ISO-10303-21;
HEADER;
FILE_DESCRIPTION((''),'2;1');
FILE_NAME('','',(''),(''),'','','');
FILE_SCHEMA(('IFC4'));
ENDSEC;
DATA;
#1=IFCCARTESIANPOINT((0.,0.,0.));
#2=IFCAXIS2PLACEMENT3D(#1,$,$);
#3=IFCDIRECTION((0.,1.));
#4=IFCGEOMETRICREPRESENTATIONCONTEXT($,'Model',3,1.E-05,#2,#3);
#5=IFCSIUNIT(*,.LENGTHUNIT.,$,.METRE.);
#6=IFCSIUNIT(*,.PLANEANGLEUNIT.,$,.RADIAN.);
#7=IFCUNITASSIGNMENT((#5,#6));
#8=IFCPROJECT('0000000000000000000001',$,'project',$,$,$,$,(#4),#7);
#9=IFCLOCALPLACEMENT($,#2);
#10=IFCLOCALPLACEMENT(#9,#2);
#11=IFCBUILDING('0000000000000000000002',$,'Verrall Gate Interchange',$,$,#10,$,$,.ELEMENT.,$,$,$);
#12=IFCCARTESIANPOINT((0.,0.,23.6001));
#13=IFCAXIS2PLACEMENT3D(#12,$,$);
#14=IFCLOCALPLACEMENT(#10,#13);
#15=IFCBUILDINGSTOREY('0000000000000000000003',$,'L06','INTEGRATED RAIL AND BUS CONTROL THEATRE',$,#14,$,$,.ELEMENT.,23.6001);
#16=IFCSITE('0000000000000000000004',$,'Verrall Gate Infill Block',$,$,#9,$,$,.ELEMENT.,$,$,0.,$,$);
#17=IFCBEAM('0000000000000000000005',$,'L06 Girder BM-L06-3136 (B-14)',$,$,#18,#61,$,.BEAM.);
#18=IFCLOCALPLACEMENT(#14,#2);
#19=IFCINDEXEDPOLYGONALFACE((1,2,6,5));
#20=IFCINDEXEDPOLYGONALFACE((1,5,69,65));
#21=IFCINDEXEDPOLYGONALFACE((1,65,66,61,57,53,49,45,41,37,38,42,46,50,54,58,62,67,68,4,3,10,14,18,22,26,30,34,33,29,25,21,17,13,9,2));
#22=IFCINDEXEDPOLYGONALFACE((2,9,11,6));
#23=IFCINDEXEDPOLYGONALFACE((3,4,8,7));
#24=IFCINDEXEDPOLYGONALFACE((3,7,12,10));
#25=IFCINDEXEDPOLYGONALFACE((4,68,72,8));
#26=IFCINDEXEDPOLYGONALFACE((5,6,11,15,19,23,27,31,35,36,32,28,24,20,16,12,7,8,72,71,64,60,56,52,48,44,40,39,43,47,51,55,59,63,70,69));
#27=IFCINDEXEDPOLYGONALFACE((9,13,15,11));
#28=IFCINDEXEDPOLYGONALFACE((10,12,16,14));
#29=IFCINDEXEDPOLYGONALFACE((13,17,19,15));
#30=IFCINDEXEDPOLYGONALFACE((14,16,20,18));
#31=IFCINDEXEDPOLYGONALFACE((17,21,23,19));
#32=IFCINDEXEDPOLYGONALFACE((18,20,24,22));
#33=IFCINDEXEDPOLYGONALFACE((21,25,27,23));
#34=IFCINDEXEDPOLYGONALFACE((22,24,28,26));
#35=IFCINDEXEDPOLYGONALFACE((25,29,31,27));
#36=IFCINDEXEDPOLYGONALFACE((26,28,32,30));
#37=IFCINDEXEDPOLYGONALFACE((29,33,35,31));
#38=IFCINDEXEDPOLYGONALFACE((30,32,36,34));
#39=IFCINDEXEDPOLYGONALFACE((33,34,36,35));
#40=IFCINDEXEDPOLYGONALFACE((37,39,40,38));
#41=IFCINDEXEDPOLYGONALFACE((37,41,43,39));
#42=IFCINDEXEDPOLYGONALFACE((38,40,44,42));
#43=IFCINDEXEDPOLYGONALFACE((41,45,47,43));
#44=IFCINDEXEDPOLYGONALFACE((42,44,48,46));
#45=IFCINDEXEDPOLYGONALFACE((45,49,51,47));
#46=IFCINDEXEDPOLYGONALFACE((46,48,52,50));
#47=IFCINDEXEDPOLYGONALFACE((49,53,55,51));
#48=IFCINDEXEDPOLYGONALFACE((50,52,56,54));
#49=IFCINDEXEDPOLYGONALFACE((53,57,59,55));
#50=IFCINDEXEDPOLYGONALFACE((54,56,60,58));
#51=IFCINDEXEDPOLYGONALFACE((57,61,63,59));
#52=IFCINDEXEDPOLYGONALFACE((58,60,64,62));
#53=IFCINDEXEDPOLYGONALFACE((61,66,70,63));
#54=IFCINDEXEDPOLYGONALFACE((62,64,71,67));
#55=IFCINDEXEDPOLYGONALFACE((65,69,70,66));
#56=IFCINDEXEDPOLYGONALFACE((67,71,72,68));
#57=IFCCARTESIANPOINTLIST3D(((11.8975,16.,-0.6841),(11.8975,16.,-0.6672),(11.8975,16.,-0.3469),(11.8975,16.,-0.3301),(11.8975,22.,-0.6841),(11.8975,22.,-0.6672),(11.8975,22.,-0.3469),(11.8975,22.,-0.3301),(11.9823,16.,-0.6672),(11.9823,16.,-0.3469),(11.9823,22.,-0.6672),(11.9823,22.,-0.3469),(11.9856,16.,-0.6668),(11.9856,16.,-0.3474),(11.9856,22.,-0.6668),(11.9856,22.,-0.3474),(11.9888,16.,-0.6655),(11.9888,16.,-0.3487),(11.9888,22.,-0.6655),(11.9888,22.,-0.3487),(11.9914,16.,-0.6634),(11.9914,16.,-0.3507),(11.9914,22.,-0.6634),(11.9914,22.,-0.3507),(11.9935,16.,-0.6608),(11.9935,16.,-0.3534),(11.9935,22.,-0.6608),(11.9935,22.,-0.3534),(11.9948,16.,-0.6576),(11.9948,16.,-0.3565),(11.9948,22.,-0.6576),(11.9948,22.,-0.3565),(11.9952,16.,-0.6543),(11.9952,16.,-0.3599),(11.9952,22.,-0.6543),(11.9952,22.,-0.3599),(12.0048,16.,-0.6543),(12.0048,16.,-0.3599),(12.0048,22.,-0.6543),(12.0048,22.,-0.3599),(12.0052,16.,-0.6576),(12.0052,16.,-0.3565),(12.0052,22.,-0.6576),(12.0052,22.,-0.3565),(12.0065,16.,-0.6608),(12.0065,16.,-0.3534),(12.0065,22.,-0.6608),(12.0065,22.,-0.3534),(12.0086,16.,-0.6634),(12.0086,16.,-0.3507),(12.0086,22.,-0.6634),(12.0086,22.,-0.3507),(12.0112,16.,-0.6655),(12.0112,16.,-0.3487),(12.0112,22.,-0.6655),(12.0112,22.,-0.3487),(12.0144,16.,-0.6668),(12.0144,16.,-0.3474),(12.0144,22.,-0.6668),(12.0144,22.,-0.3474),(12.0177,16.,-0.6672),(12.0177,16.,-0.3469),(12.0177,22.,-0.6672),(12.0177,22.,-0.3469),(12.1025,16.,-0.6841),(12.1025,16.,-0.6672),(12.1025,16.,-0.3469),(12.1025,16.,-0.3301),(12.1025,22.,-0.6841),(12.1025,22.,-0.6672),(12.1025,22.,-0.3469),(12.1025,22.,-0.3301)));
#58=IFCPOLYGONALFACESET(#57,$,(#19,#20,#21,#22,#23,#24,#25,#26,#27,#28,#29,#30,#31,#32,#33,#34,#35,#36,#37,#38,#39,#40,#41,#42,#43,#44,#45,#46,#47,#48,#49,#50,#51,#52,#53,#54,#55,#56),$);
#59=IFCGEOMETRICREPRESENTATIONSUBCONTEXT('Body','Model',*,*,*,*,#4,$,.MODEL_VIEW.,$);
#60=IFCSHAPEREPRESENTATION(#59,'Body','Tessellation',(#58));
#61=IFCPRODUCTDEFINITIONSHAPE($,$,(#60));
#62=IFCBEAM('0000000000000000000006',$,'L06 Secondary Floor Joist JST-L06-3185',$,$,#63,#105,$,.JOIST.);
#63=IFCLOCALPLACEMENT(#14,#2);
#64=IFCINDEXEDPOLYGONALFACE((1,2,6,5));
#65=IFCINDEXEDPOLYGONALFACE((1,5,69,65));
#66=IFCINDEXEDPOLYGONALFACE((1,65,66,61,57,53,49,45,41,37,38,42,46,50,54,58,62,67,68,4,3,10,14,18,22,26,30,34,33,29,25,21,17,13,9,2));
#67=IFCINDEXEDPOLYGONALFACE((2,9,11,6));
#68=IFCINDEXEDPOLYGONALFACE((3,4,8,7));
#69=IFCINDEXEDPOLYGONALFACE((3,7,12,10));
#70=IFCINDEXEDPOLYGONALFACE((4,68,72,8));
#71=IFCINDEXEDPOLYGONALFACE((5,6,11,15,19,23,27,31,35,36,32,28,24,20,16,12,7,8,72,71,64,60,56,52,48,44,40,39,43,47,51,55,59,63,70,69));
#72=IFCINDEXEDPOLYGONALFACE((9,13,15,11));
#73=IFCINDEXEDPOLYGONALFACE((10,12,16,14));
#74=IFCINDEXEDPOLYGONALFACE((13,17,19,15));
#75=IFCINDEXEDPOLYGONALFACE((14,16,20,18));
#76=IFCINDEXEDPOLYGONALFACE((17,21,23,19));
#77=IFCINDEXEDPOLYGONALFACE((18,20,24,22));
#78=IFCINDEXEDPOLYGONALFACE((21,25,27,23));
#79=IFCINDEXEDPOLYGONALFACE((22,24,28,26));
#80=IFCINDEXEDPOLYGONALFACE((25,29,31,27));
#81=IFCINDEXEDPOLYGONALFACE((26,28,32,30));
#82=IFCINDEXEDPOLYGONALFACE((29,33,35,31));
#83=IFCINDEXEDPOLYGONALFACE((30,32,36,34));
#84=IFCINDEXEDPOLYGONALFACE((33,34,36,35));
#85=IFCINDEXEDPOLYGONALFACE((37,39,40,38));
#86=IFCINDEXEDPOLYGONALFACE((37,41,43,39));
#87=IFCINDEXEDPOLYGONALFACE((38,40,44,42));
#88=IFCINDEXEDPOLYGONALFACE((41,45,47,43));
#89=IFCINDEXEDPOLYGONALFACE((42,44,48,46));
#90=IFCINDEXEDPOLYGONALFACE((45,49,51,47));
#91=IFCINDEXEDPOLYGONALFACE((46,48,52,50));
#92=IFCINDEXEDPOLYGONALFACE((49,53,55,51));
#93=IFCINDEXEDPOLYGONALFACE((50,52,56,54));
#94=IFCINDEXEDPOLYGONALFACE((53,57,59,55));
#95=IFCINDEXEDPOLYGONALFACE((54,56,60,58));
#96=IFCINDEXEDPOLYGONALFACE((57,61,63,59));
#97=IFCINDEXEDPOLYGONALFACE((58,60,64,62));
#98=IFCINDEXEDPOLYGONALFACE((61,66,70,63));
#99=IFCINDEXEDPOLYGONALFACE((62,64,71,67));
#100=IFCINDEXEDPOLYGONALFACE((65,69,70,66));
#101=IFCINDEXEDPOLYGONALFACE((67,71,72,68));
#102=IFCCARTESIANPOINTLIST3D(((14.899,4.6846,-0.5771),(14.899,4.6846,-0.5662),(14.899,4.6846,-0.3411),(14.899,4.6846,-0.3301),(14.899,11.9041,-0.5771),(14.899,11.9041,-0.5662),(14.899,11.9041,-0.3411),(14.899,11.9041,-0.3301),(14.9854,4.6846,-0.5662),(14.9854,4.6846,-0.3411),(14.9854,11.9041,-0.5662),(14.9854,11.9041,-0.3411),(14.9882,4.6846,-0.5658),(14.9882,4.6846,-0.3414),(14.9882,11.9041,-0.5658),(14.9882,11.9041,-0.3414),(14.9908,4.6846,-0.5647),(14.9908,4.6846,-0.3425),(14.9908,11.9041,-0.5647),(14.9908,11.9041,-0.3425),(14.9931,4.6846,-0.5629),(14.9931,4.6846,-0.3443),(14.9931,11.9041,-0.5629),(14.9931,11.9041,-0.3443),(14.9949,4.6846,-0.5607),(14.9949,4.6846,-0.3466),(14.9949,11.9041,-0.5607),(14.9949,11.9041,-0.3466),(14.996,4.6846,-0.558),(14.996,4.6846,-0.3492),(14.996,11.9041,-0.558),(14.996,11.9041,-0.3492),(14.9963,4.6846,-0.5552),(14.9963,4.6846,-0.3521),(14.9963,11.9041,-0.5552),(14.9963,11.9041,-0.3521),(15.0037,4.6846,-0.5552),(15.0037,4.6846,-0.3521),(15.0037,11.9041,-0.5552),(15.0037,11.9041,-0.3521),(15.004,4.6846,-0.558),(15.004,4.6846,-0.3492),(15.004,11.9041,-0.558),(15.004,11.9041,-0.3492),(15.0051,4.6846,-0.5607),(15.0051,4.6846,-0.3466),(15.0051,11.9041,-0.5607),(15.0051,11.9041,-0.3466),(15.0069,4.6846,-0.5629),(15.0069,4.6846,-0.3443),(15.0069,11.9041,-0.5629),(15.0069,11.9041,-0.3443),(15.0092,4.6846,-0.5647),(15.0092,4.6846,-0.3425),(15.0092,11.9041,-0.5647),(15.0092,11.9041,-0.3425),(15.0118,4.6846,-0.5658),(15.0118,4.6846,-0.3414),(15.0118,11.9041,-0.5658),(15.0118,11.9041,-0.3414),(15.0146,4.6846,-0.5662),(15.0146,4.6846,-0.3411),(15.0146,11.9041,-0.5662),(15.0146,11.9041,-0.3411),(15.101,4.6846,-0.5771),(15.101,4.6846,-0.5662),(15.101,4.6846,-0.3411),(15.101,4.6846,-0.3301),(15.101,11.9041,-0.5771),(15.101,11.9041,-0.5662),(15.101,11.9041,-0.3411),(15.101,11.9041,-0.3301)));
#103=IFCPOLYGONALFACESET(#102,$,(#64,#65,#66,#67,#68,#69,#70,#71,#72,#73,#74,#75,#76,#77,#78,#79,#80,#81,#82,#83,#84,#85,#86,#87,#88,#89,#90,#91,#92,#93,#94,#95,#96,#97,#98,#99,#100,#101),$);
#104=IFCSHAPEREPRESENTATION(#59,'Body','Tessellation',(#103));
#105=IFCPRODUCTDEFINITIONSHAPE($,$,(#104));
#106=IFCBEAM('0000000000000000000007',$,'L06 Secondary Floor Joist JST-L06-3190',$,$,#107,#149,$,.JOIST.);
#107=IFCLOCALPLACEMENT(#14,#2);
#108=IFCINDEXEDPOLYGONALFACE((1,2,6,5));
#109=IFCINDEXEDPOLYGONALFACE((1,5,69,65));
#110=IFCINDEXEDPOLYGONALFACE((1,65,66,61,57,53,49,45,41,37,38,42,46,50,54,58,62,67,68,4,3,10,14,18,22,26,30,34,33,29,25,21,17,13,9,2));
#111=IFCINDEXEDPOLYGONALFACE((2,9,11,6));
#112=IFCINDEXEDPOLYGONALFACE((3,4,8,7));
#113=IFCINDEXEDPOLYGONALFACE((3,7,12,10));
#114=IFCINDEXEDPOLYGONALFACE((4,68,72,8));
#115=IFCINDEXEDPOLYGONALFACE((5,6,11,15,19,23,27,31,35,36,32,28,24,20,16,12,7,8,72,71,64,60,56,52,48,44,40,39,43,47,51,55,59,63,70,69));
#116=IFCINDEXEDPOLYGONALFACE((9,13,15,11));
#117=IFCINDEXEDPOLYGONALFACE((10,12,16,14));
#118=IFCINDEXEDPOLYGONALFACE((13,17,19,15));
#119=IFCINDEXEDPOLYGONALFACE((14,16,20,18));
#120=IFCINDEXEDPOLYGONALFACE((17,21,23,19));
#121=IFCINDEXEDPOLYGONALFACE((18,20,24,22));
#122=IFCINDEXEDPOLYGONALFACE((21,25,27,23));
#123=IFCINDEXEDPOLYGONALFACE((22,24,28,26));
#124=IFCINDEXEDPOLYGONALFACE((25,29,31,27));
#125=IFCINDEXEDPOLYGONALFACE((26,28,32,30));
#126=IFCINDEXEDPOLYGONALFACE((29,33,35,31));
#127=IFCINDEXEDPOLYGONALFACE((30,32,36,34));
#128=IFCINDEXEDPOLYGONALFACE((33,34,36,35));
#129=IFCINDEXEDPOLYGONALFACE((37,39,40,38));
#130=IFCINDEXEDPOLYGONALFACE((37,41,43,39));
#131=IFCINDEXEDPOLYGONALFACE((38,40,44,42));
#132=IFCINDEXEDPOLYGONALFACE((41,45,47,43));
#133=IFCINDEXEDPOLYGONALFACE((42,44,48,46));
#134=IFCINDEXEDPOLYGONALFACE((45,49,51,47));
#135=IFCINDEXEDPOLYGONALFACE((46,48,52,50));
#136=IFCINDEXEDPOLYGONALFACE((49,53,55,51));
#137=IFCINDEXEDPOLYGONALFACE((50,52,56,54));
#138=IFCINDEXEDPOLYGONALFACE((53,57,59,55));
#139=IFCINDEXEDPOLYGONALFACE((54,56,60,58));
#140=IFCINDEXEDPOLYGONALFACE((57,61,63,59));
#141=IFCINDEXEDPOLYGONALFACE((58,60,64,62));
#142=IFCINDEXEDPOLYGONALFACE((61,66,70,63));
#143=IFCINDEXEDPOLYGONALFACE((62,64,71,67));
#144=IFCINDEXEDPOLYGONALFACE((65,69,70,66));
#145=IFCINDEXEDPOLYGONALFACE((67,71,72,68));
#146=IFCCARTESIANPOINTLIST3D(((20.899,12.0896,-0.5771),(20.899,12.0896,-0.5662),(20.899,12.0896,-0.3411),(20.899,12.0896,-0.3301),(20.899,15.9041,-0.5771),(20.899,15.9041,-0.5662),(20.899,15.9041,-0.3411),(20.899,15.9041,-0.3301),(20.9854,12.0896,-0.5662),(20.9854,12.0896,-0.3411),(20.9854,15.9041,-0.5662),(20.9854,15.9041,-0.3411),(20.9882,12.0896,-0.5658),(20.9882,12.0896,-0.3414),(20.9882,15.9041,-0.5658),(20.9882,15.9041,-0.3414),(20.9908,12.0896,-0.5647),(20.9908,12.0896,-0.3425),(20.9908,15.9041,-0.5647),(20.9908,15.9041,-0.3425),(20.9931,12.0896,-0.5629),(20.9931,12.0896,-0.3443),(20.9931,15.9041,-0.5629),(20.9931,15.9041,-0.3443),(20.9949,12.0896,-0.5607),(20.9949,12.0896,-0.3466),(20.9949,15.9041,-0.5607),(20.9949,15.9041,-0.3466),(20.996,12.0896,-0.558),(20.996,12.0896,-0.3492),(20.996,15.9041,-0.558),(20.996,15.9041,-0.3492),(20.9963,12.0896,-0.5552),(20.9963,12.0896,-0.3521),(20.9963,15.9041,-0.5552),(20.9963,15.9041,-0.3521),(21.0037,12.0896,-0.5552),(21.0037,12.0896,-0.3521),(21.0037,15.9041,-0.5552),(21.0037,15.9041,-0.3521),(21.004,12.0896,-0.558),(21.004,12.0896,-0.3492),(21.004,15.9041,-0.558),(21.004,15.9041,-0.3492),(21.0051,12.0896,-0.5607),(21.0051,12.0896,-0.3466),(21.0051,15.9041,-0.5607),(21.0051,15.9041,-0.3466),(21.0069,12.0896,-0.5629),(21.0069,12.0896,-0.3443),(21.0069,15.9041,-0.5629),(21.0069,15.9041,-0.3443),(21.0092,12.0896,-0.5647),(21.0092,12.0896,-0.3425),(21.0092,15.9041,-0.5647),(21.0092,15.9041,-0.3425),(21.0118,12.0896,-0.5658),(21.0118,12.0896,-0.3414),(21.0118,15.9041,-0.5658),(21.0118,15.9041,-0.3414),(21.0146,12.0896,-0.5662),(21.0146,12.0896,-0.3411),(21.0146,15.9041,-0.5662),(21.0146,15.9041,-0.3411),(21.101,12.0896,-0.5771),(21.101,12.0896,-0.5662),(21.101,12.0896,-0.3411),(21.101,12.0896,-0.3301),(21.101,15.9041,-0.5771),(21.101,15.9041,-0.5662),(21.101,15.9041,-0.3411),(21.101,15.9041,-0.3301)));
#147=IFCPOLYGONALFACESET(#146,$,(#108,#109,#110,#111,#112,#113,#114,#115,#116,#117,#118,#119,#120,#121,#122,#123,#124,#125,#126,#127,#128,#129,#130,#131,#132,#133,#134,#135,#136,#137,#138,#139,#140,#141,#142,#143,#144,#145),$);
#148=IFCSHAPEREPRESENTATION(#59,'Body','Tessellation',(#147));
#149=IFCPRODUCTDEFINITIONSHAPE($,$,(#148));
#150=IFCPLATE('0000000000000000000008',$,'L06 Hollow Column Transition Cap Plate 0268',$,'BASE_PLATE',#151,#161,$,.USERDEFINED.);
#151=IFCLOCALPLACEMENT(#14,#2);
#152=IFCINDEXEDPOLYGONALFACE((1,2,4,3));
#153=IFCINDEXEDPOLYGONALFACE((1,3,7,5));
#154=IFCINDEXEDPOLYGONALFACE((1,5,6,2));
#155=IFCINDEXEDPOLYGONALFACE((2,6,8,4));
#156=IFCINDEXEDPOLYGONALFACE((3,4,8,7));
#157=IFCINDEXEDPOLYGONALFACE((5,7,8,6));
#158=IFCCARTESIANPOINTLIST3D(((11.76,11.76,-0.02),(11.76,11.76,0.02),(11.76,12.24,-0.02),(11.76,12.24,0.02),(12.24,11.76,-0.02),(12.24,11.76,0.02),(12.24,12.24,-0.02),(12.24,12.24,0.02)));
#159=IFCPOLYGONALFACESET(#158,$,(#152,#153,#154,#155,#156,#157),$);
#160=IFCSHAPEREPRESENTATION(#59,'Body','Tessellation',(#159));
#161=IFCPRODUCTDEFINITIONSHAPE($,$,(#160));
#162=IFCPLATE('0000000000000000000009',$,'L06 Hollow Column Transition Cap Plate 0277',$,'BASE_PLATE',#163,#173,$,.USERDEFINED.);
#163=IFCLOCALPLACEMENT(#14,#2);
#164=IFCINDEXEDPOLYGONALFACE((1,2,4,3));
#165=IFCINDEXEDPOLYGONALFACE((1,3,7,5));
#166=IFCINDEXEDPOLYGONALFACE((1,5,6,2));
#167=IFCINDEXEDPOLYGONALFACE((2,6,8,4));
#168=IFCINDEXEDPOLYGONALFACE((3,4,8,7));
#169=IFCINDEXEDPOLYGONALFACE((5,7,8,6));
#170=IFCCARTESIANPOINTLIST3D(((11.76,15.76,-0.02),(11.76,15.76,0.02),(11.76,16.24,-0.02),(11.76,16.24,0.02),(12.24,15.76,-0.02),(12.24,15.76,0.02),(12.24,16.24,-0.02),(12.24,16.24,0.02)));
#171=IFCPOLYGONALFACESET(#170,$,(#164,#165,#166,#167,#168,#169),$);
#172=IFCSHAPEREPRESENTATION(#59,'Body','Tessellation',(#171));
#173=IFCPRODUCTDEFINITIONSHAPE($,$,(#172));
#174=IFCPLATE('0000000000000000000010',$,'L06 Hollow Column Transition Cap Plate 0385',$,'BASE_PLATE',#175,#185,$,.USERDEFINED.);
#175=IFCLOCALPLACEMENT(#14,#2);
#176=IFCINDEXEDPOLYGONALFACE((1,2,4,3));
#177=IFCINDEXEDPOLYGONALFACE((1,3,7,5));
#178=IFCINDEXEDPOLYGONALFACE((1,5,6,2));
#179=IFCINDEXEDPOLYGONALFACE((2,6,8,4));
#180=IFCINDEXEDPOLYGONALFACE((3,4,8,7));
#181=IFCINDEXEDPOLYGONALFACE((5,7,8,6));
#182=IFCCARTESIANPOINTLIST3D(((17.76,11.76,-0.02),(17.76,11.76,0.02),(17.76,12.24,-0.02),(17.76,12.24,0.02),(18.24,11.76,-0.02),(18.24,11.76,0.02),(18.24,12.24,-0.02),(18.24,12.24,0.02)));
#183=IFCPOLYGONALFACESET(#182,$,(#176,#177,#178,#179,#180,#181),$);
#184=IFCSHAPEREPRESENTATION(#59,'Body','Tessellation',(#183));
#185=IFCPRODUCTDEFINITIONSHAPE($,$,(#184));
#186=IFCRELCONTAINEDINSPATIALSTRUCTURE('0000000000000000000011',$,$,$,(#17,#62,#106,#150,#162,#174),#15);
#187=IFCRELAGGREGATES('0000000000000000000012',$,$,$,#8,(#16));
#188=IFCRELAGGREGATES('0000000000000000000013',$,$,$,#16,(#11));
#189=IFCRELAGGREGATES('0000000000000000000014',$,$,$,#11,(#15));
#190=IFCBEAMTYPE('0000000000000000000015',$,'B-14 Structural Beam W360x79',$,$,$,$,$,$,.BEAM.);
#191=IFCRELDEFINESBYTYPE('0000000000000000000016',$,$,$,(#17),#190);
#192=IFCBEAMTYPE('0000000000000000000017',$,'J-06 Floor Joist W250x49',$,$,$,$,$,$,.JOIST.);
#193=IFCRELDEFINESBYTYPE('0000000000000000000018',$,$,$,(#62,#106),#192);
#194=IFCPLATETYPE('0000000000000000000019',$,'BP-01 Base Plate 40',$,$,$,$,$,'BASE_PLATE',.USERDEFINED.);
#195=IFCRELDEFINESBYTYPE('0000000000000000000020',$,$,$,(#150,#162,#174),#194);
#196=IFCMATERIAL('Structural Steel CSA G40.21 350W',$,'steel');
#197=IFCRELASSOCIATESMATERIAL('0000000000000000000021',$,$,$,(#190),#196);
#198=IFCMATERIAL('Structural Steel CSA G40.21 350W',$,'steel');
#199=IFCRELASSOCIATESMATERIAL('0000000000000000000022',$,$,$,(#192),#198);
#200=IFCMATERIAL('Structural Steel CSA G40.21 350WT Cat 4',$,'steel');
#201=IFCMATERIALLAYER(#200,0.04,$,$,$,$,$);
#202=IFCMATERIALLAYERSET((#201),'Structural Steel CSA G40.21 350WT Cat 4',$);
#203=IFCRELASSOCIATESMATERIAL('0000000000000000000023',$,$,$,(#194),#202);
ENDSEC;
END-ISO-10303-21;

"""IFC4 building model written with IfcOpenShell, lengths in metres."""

from ifc_helpers import new_model, si_unit, direction, frame, origin, origin_2d, place, context, subcontext, project, spatial, rectangle, i_section, extrude, material, layer, layer_set, material_profile, profile_set, type_object, element, save


model = new_model("IFC4")

# Units and contexts
model_context = context("Model", 3, precision=1e-05, world=origin(), true_north=direction((0.0, 1.0)))
body_context = subcontext(model_context, "Body", "Model", "MODEL_VIEW")
ifc_project = project(units=[si_unit("LENGTHUNIT", "METRE"), si_unit("PLANEANGLEUNIT", "RADIAN")], contexts=[model_context])

# Site, building, storey
site_placement = place(None, origin())
site = spatial("IfcSite", under=ifc_project, at=site_placement, Name="Verrall Gate Infill Block", CompositionType="ELEMENT", RefElevation=0.0)
building_placement = place(site_placement, origin())
building = spatial("IfcBuilding", under=site, at=building_placement, Name="Verrall Gate Interchange", CompositionType="ELEMENT")
storey_placement = place(building_placement, frame((0.0, 0.0, 23.6001)))
storey = spatial("IfcBuildingStorey", under=building, at=storey_placement, Name="L06", Description="INTEGRATED RAIL AND BUS CONTROL THEATRE", CompositionType="ELEMENT", Elevation=23.6001)

# Beams
ifc_material_1 = material(Name="Structural Steel CSA G40.21 350W", Category="steel")
ifc_material_profile_1 = material_profile(ifc_material_1, i_section(OverallWidth=0.2051, OverallDepth=0.354, WebThickness=0.0095, FlangeThickness=0.0168, FilletRadius=0.0129, at=origin_2d()), Name="W360x79")
ifc_profile_set_1 = profile_set([ifc_material_profile_1], Name="Structural Steel CSA G40.21 350W")
beam_type_1 = type_object("IfcBeamType", Name="B-14 Structural Beam W360x79", PredefinedType="BEAM", material=ifc_profile_set_1)
beam_1_placement = place(storey_placement, frame((12.0, 16.0, -0.5071), z_axis=(0.0, 1.0, 0.0), x_axis=(-1.0, 0.0, 0.0)))
element("IfcBeam", 1, at=beam_1_placement, inside=storey, type_object=beam_type_1, Name="L06 Girder BM-L06-3136 (B-14)", PredefinedType="BEAM", context=body_context, shape_type="SweptSolid", body=[
    extrude(i_section(OverallWidth=0.2051, OverallDepth=0.354, WebThickness=0.0095, FlangeThickness=0.0168, FilletRadius=0.0129, at=origin_2d()), origin(), (0.0, 0.0, 1.0), 6.0),
])
ifc_material_2 = material(Name="Structural Steel CSA G40.21 350W", Category="steel")
ifc_material_profile_2 = material_profile(ifc_material_2, i_section(OverallWidth=0.2019, OverallDepth=0.2471, WebThickness=0.0073, FlangeThickness=0.011, FilletRadius=0.011, at=origin_2d()), Name="W250x49")
ifc_profile_set_2 = profile_set([ifc_material_profile_2], Name="Structural Steel CSA G40.21 350W")
beam_type_2 = type_object("IfcBeamType", Name="J-06 Floor Joist W250x49", PredefinedType="JOIST", material=ifc_profile_set_2)
beam_2_placement = place(storey_placement, frame((15.0, 4.6846, -0.4536), z_axis=(0.0, 1.0, 0.0), x_axis=(-1.0, 0.0, 0.0)))
element("IfcBeam", 2, at=beam_2_placement, inside=storey, type_object=beam_type_2, Name="L06 Secondary Floor Joist JST-L06-3185", PredefinedType="JOIST", context=body_context, shape_type="SweptSolid", body=[
    extrude(i_section(OverallWidth=0.2019, OverallDepth=0.2471, WebThickness=0.0073, FlangeThickness=0.011, FilletRadius=0.011, at=origin_2d()), origin(), (0.0, 0.0, 1.0), 7.2195),
])
beam_3_placement = place(storey_placement, frame((21.0, 12.0896, -0.4536), z_axis=(0.0, 1.0, 0.0), x_axis=(-1.0, 0.0, 0.0)))
element("IfcBeam", 3, at=beam_3_placement, inside=storey, type_object=beam_type_2, Name="L06 Secondary Floor Joist JST-L06-3190", PredefinedType="JOIST", context=body_context, shape_type="SweptSolid", body=[
    extrude(i_section(OverallWidth=0.2019, OverallDepth=0.2471, WebThickness=0.0073, FlangeThickness=0.011, FilletRadius=0.011, at=origin_2d()), origin(), (0.0, 0.0, 1.0), 3.8145),
])

# Plates
ifc_material_3 = material(Name="Structural Steel CSA G40.21 350WT Cat 4", Category="steel")
ifc_layer_1 = layer(ifc_material_3, 0.04)
ifc_layer_set_1 = layer_set([ifc_layer_1], Name="Structural Steel CSA G40.21 350WT Cat 4")
plate_type = type_object("IfcPlateType", Name="BP-01 Base Plate 40", ElementType="BASE_PLATE", PredefinedType="USERDEFINED", material=ifc_layer_set_1)
for number, where, z_axis, x_axis, name in (
    (4, (12.0, 12.0, -0.02), (0.0, 0.0, 1.0), (1.0, 0.0, 0.0), "L06 Hollow Column Transition Cap Plate 0268"),
    (5, (12.0, 16.0, -0.02), (0.0, 0.0, 1.0), (1.0, 0.0, 0.0), "L06 Hollow Column Transition Cap Plate 0277"),
    (6, (18.0, 12.0, -0.02), (0.0, 0.0, 1.0), (1.0, 0.0, 0.0), "L06 Hollow Column Transition Cap Plate 0385"),
):
    element("IfcPlate", number, at=place(storey_placement, frame(where, z_axis=z_axis, x_axis=x_axis)), inside=storey, type_object=plate_type, Name=name, ObjectType="BASE_PLATE", PredefinedType="USERDEFINED", context=body_context, shape_type="SweptSolid", body=[
        extrude(rectangle(XDim=0.48, YDim=0.48, at=origin_2d()), origin(), (0.0, 0.0, 1.0), 0.04),
    ])

save(model, "model.ifc")
